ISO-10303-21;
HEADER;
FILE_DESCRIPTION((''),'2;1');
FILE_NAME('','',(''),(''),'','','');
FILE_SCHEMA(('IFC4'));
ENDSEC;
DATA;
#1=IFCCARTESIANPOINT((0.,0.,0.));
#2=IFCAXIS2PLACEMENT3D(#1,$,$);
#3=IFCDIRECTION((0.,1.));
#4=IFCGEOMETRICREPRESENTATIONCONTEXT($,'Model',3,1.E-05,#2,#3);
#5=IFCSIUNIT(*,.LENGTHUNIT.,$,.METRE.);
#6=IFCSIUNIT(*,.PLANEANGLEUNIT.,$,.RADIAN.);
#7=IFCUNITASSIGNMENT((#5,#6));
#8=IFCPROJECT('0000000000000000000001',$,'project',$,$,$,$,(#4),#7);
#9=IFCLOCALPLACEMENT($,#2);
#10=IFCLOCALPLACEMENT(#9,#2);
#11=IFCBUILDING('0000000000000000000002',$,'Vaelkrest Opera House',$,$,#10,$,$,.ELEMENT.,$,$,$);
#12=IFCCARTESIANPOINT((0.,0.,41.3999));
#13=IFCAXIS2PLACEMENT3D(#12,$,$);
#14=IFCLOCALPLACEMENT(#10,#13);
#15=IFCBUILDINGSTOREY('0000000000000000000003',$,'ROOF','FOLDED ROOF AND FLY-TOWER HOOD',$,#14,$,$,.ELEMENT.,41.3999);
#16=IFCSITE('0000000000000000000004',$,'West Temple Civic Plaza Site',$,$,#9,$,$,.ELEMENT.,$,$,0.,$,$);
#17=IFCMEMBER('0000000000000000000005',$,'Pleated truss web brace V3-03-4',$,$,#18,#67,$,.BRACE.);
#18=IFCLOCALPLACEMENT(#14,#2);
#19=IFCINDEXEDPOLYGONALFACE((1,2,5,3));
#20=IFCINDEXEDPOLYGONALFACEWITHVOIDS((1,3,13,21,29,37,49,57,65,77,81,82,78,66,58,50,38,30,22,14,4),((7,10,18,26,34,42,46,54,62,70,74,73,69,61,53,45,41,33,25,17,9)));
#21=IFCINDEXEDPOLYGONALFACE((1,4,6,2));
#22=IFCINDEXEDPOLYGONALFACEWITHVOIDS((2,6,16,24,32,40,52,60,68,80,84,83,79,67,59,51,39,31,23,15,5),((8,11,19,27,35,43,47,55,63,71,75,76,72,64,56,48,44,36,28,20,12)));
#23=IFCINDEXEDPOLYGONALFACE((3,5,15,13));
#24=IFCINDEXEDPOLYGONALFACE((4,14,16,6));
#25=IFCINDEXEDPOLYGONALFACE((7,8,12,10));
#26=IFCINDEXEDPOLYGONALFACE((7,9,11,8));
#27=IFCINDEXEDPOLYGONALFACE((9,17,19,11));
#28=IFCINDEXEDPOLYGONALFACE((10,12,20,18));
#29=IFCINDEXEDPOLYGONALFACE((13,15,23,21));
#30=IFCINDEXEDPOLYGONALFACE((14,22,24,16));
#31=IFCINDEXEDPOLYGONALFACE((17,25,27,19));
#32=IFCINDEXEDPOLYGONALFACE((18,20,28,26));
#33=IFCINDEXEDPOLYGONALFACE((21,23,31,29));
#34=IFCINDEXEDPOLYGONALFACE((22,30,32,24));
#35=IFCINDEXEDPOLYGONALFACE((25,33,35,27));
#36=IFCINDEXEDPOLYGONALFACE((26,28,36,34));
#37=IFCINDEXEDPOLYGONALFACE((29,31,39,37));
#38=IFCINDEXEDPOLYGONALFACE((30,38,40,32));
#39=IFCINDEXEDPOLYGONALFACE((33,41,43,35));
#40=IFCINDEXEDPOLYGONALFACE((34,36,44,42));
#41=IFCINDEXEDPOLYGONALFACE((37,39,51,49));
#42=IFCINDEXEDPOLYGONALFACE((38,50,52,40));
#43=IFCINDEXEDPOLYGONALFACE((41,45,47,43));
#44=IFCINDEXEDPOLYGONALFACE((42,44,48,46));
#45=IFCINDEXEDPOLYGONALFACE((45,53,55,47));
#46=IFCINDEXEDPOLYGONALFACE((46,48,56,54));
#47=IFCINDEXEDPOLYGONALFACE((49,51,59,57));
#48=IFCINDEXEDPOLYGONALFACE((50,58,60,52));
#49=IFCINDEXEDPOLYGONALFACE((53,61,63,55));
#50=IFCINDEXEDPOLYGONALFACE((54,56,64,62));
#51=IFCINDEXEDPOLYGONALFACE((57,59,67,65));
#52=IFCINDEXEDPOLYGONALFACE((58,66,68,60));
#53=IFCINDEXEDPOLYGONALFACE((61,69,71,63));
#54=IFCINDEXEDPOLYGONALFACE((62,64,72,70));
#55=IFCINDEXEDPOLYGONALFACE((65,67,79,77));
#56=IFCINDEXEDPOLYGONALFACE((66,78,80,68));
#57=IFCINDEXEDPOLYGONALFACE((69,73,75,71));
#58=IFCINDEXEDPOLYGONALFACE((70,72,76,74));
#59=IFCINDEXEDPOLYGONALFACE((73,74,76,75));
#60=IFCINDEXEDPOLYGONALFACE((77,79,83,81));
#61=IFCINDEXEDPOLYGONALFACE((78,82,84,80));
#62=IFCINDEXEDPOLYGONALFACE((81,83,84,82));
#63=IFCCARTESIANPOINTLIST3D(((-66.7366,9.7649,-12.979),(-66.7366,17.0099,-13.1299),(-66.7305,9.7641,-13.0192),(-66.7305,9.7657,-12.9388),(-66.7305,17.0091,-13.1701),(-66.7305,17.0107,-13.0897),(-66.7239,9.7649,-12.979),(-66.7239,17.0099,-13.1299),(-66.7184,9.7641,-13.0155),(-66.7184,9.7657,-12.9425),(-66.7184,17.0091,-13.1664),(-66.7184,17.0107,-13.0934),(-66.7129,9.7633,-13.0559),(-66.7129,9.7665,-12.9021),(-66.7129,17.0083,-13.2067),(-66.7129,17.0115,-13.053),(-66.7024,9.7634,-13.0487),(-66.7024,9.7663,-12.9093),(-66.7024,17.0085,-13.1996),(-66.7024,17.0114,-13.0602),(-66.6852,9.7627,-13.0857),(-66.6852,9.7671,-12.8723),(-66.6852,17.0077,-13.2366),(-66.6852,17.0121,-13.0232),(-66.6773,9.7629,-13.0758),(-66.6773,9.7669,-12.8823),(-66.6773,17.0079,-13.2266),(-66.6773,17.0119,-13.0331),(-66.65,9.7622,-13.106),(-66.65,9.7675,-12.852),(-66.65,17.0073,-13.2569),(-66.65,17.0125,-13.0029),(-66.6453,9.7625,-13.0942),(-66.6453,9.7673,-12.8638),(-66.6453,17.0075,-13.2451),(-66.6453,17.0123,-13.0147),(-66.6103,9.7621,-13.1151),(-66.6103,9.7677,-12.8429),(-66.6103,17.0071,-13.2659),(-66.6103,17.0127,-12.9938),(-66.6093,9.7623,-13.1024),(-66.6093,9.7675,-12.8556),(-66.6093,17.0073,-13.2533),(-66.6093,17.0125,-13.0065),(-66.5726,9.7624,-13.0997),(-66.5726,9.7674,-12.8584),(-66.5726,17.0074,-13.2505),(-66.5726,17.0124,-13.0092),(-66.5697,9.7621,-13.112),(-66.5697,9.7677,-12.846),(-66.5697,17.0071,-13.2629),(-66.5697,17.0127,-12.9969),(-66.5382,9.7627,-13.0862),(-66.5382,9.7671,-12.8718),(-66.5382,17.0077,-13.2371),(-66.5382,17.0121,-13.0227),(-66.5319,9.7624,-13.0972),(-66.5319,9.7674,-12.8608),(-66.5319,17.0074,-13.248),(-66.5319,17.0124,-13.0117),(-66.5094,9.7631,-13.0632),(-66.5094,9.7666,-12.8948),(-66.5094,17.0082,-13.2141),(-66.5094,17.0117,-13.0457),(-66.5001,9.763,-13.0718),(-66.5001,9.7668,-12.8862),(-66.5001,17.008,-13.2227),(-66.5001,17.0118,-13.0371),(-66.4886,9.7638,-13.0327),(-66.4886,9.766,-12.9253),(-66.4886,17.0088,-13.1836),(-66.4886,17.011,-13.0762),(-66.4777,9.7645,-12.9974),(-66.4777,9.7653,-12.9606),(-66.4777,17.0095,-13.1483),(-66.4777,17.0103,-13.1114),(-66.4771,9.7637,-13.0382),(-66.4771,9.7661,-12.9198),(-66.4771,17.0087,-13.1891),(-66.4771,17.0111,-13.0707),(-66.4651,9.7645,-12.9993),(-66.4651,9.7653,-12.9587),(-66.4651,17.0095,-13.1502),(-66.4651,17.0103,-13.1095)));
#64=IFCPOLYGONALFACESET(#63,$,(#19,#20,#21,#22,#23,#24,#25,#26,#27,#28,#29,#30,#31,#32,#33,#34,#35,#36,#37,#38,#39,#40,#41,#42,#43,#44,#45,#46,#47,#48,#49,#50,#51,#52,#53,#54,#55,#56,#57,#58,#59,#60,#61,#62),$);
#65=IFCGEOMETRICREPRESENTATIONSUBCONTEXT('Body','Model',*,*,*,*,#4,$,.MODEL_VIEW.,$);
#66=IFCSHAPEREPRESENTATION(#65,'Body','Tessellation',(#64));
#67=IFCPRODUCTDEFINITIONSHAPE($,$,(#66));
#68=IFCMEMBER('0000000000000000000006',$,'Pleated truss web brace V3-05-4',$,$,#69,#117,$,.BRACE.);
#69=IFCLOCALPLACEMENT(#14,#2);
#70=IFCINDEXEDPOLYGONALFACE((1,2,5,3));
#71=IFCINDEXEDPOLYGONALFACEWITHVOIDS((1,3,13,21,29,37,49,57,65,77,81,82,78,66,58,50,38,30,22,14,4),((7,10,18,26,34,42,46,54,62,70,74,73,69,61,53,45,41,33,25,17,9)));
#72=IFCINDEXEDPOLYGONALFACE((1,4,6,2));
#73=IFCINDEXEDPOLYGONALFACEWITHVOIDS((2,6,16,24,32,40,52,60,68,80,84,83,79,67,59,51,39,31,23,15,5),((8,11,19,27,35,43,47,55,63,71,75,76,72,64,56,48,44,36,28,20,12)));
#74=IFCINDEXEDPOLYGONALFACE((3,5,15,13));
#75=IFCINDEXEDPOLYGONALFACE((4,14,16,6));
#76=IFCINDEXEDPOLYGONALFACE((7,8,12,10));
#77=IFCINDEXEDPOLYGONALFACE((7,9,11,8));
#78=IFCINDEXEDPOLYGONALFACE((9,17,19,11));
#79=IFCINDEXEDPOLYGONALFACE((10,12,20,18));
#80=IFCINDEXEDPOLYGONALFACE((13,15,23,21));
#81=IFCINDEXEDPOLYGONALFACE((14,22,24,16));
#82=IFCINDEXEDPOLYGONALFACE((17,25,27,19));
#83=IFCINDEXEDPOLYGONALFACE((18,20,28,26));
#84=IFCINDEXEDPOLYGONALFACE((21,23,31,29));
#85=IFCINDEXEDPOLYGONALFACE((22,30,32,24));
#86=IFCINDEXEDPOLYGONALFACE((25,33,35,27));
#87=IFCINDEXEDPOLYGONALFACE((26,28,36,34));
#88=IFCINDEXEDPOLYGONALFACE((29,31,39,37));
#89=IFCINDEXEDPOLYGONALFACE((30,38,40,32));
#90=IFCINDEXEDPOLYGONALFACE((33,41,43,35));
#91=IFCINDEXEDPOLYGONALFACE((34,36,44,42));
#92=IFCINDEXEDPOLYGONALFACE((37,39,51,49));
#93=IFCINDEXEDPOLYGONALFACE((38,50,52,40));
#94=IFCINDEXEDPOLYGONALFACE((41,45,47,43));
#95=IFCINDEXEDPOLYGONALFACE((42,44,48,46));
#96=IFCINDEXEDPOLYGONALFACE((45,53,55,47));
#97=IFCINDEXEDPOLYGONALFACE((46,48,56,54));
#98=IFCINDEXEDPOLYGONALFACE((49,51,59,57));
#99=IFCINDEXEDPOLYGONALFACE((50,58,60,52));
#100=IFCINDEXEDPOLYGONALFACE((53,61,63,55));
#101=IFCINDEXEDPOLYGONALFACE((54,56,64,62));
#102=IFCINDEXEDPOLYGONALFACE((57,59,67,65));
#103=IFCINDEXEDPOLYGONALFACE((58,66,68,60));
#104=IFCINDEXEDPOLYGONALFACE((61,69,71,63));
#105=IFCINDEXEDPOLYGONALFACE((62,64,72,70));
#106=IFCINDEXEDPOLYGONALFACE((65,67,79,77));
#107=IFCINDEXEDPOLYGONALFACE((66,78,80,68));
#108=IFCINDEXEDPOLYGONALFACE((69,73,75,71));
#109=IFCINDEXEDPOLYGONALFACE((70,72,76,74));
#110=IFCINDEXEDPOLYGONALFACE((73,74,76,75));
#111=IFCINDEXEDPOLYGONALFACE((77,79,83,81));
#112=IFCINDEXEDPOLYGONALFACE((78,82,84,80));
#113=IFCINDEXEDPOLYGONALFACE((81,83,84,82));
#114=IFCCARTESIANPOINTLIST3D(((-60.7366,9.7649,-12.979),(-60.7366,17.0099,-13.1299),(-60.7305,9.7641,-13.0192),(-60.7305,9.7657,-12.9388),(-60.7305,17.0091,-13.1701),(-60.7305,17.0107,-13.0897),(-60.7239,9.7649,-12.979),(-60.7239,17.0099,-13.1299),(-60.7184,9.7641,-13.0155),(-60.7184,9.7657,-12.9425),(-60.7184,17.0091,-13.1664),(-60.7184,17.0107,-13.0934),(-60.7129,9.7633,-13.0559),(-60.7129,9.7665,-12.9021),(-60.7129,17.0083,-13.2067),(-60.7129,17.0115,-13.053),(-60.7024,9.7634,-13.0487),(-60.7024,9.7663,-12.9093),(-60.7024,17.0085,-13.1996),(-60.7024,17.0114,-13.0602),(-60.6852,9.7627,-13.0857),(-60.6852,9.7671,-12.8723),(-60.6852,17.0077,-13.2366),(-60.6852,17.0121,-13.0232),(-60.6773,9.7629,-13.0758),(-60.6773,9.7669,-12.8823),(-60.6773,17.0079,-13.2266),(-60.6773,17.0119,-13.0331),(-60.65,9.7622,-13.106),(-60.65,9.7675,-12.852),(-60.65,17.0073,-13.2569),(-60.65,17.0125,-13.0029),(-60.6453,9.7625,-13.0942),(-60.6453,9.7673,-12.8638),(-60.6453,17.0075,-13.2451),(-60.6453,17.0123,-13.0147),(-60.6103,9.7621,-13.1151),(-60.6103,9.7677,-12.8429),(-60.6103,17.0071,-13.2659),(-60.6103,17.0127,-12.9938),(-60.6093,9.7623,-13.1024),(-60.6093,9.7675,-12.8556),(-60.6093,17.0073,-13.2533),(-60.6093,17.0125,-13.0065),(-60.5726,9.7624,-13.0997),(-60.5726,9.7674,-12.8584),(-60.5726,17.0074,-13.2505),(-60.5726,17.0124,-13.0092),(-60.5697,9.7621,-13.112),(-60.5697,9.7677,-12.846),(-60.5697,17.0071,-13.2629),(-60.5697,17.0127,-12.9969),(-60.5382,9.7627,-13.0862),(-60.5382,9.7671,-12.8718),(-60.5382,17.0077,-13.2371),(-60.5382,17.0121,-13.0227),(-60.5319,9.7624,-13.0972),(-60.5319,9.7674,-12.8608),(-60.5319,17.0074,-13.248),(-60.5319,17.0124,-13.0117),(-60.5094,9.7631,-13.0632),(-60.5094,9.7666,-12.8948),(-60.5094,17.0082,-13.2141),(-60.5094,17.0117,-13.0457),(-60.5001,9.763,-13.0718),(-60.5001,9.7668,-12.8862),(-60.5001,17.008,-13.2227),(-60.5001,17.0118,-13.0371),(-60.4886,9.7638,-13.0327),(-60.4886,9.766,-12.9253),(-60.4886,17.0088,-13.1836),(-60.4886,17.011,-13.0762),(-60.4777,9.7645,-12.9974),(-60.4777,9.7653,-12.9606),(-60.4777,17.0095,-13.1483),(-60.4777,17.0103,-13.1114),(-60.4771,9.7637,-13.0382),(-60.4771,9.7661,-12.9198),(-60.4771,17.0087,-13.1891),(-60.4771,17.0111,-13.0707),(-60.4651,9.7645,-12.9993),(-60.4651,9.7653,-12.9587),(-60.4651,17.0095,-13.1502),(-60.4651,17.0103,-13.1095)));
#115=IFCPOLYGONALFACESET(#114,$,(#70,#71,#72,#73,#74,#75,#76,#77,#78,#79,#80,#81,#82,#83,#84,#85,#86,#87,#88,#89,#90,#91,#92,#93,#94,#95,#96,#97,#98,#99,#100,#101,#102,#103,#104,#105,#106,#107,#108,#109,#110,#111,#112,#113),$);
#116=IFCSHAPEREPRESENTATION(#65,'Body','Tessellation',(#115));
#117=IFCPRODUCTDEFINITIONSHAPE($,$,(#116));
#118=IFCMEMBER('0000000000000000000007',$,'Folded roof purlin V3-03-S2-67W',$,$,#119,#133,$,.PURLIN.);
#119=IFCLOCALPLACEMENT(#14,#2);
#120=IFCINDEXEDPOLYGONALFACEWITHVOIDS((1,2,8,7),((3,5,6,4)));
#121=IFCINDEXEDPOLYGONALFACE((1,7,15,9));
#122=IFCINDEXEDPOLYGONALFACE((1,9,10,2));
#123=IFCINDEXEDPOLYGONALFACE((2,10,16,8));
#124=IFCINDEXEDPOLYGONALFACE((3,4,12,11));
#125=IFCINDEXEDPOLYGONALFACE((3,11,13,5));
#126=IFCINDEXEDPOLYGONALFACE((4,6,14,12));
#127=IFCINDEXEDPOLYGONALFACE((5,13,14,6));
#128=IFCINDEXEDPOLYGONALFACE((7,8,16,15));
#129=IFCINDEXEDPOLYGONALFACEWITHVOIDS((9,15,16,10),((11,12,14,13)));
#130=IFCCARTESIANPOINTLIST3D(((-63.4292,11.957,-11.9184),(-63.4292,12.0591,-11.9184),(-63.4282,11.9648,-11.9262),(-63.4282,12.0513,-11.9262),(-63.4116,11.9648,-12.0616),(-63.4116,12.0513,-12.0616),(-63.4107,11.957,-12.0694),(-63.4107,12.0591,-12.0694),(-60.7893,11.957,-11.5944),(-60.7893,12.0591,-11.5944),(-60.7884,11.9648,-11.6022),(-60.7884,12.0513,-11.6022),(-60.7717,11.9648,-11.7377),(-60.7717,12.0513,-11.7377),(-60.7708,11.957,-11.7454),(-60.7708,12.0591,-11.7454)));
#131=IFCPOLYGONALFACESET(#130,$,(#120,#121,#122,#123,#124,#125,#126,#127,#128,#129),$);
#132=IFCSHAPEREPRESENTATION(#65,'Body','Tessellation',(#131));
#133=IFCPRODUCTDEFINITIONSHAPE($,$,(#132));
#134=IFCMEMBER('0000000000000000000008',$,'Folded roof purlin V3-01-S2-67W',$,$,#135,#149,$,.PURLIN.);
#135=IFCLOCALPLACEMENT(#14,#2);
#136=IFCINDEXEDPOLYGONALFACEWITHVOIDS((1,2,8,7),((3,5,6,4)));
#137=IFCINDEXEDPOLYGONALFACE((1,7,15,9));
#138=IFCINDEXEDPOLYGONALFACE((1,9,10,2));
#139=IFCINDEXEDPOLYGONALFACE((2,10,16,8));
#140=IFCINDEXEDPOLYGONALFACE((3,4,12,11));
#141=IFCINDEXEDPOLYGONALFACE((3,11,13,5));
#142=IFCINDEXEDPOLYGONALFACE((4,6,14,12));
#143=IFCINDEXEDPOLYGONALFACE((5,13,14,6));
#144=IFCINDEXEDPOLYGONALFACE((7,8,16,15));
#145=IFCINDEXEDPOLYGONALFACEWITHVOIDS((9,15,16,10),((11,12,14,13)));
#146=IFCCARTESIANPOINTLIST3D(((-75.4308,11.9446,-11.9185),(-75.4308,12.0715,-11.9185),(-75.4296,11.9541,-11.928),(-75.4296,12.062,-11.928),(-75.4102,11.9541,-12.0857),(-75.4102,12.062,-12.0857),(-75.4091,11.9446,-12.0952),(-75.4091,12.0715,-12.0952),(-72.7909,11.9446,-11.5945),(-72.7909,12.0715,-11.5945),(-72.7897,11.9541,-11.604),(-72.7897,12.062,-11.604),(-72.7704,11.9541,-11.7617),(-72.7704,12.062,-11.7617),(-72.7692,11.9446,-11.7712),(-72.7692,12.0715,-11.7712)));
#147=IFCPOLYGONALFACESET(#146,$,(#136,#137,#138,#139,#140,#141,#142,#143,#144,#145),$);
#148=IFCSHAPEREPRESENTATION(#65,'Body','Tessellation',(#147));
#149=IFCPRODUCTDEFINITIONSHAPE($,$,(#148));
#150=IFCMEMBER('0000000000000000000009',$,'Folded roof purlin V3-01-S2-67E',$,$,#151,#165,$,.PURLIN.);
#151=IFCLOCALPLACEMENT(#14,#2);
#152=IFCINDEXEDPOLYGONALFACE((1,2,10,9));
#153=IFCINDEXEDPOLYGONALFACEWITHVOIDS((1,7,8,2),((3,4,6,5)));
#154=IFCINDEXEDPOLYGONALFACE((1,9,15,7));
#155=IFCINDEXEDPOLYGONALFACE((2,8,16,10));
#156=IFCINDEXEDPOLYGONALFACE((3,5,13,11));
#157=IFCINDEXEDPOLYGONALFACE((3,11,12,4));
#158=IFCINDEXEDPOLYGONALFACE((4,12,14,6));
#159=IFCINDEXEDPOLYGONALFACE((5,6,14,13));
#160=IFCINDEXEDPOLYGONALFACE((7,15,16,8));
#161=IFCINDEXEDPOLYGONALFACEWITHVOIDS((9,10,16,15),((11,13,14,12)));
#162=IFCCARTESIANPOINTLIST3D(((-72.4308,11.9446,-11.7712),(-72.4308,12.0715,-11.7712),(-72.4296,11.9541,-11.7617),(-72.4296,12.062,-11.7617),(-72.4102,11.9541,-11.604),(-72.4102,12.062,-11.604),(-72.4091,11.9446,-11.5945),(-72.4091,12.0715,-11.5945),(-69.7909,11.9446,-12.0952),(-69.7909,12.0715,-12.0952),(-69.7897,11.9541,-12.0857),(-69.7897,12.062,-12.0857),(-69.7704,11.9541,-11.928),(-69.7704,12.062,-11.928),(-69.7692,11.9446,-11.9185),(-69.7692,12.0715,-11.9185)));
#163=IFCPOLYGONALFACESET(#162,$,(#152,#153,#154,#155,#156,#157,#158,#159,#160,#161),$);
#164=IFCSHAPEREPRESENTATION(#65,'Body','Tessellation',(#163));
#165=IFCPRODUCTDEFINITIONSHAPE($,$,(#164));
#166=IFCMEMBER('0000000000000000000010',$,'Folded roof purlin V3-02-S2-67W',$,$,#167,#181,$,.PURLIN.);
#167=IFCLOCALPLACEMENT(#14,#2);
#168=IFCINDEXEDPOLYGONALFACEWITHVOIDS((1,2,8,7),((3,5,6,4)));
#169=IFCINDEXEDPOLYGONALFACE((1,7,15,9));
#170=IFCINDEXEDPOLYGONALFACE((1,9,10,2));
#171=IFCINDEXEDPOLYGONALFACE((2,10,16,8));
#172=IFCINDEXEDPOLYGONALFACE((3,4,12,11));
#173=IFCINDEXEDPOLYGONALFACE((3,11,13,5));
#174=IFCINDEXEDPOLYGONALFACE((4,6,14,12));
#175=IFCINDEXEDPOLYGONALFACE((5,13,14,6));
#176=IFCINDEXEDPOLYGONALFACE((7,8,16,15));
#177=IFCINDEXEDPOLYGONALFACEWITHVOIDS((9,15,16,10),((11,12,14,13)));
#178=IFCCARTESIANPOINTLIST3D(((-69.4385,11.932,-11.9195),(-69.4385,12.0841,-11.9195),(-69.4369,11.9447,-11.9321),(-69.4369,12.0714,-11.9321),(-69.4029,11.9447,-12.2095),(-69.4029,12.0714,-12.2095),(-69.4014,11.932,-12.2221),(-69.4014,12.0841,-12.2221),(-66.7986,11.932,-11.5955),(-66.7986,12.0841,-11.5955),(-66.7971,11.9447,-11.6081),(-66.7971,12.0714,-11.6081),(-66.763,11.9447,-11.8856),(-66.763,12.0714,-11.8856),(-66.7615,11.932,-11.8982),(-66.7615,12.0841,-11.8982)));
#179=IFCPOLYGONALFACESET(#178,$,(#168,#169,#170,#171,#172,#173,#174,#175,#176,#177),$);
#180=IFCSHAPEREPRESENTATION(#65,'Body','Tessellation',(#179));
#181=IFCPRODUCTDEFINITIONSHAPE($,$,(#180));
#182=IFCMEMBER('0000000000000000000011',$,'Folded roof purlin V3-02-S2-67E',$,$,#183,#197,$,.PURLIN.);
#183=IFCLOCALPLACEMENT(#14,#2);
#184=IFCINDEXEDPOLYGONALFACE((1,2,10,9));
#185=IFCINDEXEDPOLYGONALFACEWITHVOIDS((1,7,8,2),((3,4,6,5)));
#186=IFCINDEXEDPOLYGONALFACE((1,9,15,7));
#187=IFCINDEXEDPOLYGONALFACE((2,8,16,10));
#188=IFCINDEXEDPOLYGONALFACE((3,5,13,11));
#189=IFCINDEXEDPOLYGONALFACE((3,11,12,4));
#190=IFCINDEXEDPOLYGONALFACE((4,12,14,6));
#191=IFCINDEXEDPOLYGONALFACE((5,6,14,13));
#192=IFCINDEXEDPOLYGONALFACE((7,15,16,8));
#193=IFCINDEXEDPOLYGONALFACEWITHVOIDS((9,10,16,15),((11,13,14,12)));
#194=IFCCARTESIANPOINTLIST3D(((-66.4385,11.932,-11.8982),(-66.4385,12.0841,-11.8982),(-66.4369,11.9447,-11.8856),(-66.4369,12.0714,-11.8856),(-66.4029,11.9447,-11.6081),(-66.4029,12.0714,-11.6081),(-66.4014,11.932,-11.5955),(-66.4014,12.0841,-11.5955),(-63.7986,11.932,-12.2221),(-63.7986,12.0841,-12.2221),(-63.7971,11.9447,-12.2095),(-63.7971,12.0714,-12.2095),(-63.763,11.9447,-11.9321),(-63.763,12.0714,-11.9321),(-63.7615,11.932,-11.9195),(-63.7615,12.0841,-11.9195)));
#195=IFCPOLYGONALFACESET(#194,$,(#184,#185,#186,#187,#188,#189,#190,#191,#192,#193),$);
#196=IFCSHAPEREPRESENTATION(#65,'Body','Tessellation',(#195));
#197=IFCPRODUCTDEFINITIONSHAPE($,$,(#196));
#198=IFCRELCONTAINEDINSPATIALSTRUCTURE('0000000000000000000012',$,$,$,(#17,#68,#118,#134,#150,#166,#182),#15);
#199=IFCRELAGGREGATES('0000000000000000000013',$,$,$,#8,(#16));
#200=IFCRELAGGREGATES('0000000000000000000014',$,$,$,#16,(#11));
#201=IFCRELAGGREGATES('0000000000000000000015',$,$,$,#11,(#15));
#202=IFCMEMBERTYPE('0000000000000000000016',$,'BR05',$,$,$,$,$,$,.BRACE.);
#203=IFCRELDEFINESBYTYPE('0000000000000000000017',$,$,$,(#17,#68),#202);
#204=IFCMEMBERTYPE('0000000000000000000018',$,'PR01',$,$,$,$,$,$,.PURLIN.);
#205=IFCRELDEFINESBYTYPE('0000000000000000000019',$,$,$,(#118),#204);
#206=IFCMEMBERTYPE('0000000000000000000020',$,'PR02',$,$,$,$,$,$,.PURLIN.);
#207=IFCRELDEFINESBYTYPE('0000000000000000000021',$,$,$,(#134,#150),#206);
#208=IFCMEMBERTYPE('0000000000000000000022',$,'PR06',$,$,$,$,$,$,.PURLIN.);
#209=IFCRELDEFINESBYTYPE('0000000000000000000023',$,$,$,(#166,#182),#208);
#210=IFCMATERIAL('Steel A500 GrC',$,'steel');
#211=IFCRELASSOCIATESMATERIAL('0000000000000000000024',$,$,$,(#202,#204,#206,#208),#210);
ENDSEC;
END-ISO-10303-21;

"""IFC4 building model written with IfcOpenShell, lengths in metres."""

from ifc_helpers import new_model, si_unit, direction, frame, origin, origin_2d, place, context, subcontext, project, spatial, hollow_rectangle, hollow_circle, extrude, material, material_profile, profile_set, type_object, element, save


model = new_model("IFC4")

# Units and contexts
model_context = context("Model", 3, precision=1e-05, world=origin(), true_north=direction((0.0, 1.0)))
body_context = subcontext(model_context, "Body", "Model", "MODEL_VIEW")
ifc_project = project(units=[si_unit("LENGTHUNIT", "METRE"), si_unit("PLANEANGLEUNIT", "RADIAN")], contexts=[model_context])

# Site, building, storey
site_placement = place(None, origin())
site = spatial("IfcSite", under=ifc_project, at=site_placement, Name="West Temple Civic Plaza Site", CompositionType="ELEMENT", RefElevation=0.0)
building_placement = place(site_placement, origin())
building = spatial("IfcBuilding", under=site, at=building_placement, Name="Vaelkrest Opera House", CompositionType="ELEMENT")
storey_placement = place(building_placement, frame((0.0, 0.0, 41.3999)))
storey = spatial("IfcBuildingStorey", under=building, at=storey_placement, Name="ROOF", Description="FOLDED ROOF AND FLY-TOWER HOOD", CompositionType="ELEMENT", Elevation=41.3999)

# Members
ifc_material_1 = material(Name="Steel A500 GrC", Category="steel")
ifc_material_profile_1 = material_profile(ifc_material_1, hollow_circle(Radius=0.1365, WallThickness=0.0127, at=origin_2d()), Name="HSS273.1X12.7")
ifc_profile_set_1 = profile_set([ifc_material_profile_1], Name="Steel A500 GrC")
member_type_1 = type_object("IfcMemberType", Name="BR05", PredefinedType="BRACE", material=ifc_profile_set_1)
for number, where, z_axis, x_axis, name in (
    (1, (-66.6001, 9.7649, -12.979), (0.0, 0.999783, -0.02082), (-1.0, 0.0, 0.0), "Pleated truss web brace V3-03-4"),
    (2, (-60.6001, 9.7649, -12.979), (0.0, 0.999783, -0.02082), (-1.0, 0.0, 0.0), "Pleated truss web brace V3-05-4"),
):
    element("IfcMember", number, at=place(storey_placement, frame(where, z_axis=z_axis, x_axis=x_axis)), inside=storey, type_object=member_type_1, Name=name, PredefinedType="BRACE", context=body_context, shape_type="SweptSolid", body=[
        extrude(hollow_circle(Radius=0.1365, WallThickness=0.0127, at=origin_2d()), origin(), (0.0, 0.0, 1.0), 7.2466),
    ])
ifc_material_profile_2 = material_profile(ifc_material_1, hollow_rectangle(XDim=0.1021, YDim=0.1521, WallThickness=0.0078, at=origin_2d()), Name="HSS152X102X8")
ifc_profile_set_2 = profile_set([ifc_material_profile_2], Name="Steel A500 GrC")
member_type_2 = type_object("IfcMemberType", Name="PR01", PredefinedType="PURLIN", material=ifc_profile_set_2)
member_1_placement = place(storey_placement, frame((-63.4199, 12.0081, -11.9939), z_axis=(0.992554, 0.0, 0.121809), x_axis=(0.0, 1.0, 0.0)))
element("IfcMember", 3, at=member_1_placement, inside=storey, type_object=member_type_2, Name="Folded roof purlin V3-03-S2-67W", PredefinedType="PURLIN", context=body_context, shape_type="SweptSolid", body=[
    extrude(hollow_rectangle(XDim=0.1021, YDim=0.1521, WallThickness=0.0078, at=origin_2d()), origin(), (0.0, 0.0, 1.0), 2.6597),
])
ifc_material_profile_3 = material_profile(ifc_material_1, hollow_rectangle(XDim=0.127, YDim=0.178, WallThickness=0.0095, at=origin_2d()), Name="HSS178X127X9.5")
ifc_profile_set_3 = profile_set([ifc_material_profile_3], Name="Steel A500 GrC")
member_type_3 = type_object("IfcMemberType", Name="PR02", PredefinedType="PURLIN", material=ifc_profile_set_3)
for number, where, z_axis, x_axis, name in (
    (4, (-75.4199, 12.0081, -12.0068), (0.992554, 0.0, 0.121809), (0.0, 1.0, 0.0), "Folded roof purlin V3-01-S2-67W"),
    (5, (-72.4199, 12.0081, -11.6829), (0.992554, 0.0, -0.121809), (0.0, 1.0, 0.0), "Folded roof purlin V3-01-S2-67E"),
):
    element("IfcMember", number, at=place(storey_placement, frame(where, z_axis=z_axis, x_axis=x_axis)), inside=storey, type_object=member_type_3, Name=name, PredefinedType="PURLIN", context=body_context, shape_type="SweptSolid", body=[
        extrude(hollow_rectangle(XDim=0.127, YDim=0.178, WallThickness=0.0095, at=origin_2d()), origin(), (0.0, 0.0, 1.0), 2.6597),
    ])
ifc_material_profile_4 = material_profile(ifc_material_1, hollow_rectangle(XDim=0.1521, YDim=0.3049, WallThickness=0.0127, at=origin_2d()), Name="HSS305X152X12.7")
ifc_profile_set_4 = profile_set([ifc_material_profile_4], Name="Steel A500 GrC")
member_type_4 = type_object("IfcMemberType", Name="PR06", PredefinedType="PURLIN", material=ifc_profile_set_4)
for number, where, z_axis, x_axis, name in (
    (6, (-69.4199, 12.0081, -12.0708), (0.992554, 0.0, 0.121809), (0.0, 1.0, 0.0), "Folded roof purlin V3-02-S2-67W"),
    (7, (-66.4199, 12.0081, -11.7468), (0.992554, 0.0, -0.121809), (0.0, 1.0, 0.0), "Folded roof purlin V3-02-S2-67E"),
):
    element("IfcMember", number, at=place(storey_placement, frame(where, z_axis=z_axis, x_axis=x_axis)), inside=storey, type_object=member_type_4, Name=name, PredefinedType="PURLIN", context=body_context, shape_type="SweptSolid", body=[
        extrude(hollow_rectangle(XDim=0.1521, YDim=0.3049, WallThickness=0.0127, at=origin_2d()), origin(), (0.0, 0.0, 1.0), 2.6597),
    ])

save(model, "model.ifc")
